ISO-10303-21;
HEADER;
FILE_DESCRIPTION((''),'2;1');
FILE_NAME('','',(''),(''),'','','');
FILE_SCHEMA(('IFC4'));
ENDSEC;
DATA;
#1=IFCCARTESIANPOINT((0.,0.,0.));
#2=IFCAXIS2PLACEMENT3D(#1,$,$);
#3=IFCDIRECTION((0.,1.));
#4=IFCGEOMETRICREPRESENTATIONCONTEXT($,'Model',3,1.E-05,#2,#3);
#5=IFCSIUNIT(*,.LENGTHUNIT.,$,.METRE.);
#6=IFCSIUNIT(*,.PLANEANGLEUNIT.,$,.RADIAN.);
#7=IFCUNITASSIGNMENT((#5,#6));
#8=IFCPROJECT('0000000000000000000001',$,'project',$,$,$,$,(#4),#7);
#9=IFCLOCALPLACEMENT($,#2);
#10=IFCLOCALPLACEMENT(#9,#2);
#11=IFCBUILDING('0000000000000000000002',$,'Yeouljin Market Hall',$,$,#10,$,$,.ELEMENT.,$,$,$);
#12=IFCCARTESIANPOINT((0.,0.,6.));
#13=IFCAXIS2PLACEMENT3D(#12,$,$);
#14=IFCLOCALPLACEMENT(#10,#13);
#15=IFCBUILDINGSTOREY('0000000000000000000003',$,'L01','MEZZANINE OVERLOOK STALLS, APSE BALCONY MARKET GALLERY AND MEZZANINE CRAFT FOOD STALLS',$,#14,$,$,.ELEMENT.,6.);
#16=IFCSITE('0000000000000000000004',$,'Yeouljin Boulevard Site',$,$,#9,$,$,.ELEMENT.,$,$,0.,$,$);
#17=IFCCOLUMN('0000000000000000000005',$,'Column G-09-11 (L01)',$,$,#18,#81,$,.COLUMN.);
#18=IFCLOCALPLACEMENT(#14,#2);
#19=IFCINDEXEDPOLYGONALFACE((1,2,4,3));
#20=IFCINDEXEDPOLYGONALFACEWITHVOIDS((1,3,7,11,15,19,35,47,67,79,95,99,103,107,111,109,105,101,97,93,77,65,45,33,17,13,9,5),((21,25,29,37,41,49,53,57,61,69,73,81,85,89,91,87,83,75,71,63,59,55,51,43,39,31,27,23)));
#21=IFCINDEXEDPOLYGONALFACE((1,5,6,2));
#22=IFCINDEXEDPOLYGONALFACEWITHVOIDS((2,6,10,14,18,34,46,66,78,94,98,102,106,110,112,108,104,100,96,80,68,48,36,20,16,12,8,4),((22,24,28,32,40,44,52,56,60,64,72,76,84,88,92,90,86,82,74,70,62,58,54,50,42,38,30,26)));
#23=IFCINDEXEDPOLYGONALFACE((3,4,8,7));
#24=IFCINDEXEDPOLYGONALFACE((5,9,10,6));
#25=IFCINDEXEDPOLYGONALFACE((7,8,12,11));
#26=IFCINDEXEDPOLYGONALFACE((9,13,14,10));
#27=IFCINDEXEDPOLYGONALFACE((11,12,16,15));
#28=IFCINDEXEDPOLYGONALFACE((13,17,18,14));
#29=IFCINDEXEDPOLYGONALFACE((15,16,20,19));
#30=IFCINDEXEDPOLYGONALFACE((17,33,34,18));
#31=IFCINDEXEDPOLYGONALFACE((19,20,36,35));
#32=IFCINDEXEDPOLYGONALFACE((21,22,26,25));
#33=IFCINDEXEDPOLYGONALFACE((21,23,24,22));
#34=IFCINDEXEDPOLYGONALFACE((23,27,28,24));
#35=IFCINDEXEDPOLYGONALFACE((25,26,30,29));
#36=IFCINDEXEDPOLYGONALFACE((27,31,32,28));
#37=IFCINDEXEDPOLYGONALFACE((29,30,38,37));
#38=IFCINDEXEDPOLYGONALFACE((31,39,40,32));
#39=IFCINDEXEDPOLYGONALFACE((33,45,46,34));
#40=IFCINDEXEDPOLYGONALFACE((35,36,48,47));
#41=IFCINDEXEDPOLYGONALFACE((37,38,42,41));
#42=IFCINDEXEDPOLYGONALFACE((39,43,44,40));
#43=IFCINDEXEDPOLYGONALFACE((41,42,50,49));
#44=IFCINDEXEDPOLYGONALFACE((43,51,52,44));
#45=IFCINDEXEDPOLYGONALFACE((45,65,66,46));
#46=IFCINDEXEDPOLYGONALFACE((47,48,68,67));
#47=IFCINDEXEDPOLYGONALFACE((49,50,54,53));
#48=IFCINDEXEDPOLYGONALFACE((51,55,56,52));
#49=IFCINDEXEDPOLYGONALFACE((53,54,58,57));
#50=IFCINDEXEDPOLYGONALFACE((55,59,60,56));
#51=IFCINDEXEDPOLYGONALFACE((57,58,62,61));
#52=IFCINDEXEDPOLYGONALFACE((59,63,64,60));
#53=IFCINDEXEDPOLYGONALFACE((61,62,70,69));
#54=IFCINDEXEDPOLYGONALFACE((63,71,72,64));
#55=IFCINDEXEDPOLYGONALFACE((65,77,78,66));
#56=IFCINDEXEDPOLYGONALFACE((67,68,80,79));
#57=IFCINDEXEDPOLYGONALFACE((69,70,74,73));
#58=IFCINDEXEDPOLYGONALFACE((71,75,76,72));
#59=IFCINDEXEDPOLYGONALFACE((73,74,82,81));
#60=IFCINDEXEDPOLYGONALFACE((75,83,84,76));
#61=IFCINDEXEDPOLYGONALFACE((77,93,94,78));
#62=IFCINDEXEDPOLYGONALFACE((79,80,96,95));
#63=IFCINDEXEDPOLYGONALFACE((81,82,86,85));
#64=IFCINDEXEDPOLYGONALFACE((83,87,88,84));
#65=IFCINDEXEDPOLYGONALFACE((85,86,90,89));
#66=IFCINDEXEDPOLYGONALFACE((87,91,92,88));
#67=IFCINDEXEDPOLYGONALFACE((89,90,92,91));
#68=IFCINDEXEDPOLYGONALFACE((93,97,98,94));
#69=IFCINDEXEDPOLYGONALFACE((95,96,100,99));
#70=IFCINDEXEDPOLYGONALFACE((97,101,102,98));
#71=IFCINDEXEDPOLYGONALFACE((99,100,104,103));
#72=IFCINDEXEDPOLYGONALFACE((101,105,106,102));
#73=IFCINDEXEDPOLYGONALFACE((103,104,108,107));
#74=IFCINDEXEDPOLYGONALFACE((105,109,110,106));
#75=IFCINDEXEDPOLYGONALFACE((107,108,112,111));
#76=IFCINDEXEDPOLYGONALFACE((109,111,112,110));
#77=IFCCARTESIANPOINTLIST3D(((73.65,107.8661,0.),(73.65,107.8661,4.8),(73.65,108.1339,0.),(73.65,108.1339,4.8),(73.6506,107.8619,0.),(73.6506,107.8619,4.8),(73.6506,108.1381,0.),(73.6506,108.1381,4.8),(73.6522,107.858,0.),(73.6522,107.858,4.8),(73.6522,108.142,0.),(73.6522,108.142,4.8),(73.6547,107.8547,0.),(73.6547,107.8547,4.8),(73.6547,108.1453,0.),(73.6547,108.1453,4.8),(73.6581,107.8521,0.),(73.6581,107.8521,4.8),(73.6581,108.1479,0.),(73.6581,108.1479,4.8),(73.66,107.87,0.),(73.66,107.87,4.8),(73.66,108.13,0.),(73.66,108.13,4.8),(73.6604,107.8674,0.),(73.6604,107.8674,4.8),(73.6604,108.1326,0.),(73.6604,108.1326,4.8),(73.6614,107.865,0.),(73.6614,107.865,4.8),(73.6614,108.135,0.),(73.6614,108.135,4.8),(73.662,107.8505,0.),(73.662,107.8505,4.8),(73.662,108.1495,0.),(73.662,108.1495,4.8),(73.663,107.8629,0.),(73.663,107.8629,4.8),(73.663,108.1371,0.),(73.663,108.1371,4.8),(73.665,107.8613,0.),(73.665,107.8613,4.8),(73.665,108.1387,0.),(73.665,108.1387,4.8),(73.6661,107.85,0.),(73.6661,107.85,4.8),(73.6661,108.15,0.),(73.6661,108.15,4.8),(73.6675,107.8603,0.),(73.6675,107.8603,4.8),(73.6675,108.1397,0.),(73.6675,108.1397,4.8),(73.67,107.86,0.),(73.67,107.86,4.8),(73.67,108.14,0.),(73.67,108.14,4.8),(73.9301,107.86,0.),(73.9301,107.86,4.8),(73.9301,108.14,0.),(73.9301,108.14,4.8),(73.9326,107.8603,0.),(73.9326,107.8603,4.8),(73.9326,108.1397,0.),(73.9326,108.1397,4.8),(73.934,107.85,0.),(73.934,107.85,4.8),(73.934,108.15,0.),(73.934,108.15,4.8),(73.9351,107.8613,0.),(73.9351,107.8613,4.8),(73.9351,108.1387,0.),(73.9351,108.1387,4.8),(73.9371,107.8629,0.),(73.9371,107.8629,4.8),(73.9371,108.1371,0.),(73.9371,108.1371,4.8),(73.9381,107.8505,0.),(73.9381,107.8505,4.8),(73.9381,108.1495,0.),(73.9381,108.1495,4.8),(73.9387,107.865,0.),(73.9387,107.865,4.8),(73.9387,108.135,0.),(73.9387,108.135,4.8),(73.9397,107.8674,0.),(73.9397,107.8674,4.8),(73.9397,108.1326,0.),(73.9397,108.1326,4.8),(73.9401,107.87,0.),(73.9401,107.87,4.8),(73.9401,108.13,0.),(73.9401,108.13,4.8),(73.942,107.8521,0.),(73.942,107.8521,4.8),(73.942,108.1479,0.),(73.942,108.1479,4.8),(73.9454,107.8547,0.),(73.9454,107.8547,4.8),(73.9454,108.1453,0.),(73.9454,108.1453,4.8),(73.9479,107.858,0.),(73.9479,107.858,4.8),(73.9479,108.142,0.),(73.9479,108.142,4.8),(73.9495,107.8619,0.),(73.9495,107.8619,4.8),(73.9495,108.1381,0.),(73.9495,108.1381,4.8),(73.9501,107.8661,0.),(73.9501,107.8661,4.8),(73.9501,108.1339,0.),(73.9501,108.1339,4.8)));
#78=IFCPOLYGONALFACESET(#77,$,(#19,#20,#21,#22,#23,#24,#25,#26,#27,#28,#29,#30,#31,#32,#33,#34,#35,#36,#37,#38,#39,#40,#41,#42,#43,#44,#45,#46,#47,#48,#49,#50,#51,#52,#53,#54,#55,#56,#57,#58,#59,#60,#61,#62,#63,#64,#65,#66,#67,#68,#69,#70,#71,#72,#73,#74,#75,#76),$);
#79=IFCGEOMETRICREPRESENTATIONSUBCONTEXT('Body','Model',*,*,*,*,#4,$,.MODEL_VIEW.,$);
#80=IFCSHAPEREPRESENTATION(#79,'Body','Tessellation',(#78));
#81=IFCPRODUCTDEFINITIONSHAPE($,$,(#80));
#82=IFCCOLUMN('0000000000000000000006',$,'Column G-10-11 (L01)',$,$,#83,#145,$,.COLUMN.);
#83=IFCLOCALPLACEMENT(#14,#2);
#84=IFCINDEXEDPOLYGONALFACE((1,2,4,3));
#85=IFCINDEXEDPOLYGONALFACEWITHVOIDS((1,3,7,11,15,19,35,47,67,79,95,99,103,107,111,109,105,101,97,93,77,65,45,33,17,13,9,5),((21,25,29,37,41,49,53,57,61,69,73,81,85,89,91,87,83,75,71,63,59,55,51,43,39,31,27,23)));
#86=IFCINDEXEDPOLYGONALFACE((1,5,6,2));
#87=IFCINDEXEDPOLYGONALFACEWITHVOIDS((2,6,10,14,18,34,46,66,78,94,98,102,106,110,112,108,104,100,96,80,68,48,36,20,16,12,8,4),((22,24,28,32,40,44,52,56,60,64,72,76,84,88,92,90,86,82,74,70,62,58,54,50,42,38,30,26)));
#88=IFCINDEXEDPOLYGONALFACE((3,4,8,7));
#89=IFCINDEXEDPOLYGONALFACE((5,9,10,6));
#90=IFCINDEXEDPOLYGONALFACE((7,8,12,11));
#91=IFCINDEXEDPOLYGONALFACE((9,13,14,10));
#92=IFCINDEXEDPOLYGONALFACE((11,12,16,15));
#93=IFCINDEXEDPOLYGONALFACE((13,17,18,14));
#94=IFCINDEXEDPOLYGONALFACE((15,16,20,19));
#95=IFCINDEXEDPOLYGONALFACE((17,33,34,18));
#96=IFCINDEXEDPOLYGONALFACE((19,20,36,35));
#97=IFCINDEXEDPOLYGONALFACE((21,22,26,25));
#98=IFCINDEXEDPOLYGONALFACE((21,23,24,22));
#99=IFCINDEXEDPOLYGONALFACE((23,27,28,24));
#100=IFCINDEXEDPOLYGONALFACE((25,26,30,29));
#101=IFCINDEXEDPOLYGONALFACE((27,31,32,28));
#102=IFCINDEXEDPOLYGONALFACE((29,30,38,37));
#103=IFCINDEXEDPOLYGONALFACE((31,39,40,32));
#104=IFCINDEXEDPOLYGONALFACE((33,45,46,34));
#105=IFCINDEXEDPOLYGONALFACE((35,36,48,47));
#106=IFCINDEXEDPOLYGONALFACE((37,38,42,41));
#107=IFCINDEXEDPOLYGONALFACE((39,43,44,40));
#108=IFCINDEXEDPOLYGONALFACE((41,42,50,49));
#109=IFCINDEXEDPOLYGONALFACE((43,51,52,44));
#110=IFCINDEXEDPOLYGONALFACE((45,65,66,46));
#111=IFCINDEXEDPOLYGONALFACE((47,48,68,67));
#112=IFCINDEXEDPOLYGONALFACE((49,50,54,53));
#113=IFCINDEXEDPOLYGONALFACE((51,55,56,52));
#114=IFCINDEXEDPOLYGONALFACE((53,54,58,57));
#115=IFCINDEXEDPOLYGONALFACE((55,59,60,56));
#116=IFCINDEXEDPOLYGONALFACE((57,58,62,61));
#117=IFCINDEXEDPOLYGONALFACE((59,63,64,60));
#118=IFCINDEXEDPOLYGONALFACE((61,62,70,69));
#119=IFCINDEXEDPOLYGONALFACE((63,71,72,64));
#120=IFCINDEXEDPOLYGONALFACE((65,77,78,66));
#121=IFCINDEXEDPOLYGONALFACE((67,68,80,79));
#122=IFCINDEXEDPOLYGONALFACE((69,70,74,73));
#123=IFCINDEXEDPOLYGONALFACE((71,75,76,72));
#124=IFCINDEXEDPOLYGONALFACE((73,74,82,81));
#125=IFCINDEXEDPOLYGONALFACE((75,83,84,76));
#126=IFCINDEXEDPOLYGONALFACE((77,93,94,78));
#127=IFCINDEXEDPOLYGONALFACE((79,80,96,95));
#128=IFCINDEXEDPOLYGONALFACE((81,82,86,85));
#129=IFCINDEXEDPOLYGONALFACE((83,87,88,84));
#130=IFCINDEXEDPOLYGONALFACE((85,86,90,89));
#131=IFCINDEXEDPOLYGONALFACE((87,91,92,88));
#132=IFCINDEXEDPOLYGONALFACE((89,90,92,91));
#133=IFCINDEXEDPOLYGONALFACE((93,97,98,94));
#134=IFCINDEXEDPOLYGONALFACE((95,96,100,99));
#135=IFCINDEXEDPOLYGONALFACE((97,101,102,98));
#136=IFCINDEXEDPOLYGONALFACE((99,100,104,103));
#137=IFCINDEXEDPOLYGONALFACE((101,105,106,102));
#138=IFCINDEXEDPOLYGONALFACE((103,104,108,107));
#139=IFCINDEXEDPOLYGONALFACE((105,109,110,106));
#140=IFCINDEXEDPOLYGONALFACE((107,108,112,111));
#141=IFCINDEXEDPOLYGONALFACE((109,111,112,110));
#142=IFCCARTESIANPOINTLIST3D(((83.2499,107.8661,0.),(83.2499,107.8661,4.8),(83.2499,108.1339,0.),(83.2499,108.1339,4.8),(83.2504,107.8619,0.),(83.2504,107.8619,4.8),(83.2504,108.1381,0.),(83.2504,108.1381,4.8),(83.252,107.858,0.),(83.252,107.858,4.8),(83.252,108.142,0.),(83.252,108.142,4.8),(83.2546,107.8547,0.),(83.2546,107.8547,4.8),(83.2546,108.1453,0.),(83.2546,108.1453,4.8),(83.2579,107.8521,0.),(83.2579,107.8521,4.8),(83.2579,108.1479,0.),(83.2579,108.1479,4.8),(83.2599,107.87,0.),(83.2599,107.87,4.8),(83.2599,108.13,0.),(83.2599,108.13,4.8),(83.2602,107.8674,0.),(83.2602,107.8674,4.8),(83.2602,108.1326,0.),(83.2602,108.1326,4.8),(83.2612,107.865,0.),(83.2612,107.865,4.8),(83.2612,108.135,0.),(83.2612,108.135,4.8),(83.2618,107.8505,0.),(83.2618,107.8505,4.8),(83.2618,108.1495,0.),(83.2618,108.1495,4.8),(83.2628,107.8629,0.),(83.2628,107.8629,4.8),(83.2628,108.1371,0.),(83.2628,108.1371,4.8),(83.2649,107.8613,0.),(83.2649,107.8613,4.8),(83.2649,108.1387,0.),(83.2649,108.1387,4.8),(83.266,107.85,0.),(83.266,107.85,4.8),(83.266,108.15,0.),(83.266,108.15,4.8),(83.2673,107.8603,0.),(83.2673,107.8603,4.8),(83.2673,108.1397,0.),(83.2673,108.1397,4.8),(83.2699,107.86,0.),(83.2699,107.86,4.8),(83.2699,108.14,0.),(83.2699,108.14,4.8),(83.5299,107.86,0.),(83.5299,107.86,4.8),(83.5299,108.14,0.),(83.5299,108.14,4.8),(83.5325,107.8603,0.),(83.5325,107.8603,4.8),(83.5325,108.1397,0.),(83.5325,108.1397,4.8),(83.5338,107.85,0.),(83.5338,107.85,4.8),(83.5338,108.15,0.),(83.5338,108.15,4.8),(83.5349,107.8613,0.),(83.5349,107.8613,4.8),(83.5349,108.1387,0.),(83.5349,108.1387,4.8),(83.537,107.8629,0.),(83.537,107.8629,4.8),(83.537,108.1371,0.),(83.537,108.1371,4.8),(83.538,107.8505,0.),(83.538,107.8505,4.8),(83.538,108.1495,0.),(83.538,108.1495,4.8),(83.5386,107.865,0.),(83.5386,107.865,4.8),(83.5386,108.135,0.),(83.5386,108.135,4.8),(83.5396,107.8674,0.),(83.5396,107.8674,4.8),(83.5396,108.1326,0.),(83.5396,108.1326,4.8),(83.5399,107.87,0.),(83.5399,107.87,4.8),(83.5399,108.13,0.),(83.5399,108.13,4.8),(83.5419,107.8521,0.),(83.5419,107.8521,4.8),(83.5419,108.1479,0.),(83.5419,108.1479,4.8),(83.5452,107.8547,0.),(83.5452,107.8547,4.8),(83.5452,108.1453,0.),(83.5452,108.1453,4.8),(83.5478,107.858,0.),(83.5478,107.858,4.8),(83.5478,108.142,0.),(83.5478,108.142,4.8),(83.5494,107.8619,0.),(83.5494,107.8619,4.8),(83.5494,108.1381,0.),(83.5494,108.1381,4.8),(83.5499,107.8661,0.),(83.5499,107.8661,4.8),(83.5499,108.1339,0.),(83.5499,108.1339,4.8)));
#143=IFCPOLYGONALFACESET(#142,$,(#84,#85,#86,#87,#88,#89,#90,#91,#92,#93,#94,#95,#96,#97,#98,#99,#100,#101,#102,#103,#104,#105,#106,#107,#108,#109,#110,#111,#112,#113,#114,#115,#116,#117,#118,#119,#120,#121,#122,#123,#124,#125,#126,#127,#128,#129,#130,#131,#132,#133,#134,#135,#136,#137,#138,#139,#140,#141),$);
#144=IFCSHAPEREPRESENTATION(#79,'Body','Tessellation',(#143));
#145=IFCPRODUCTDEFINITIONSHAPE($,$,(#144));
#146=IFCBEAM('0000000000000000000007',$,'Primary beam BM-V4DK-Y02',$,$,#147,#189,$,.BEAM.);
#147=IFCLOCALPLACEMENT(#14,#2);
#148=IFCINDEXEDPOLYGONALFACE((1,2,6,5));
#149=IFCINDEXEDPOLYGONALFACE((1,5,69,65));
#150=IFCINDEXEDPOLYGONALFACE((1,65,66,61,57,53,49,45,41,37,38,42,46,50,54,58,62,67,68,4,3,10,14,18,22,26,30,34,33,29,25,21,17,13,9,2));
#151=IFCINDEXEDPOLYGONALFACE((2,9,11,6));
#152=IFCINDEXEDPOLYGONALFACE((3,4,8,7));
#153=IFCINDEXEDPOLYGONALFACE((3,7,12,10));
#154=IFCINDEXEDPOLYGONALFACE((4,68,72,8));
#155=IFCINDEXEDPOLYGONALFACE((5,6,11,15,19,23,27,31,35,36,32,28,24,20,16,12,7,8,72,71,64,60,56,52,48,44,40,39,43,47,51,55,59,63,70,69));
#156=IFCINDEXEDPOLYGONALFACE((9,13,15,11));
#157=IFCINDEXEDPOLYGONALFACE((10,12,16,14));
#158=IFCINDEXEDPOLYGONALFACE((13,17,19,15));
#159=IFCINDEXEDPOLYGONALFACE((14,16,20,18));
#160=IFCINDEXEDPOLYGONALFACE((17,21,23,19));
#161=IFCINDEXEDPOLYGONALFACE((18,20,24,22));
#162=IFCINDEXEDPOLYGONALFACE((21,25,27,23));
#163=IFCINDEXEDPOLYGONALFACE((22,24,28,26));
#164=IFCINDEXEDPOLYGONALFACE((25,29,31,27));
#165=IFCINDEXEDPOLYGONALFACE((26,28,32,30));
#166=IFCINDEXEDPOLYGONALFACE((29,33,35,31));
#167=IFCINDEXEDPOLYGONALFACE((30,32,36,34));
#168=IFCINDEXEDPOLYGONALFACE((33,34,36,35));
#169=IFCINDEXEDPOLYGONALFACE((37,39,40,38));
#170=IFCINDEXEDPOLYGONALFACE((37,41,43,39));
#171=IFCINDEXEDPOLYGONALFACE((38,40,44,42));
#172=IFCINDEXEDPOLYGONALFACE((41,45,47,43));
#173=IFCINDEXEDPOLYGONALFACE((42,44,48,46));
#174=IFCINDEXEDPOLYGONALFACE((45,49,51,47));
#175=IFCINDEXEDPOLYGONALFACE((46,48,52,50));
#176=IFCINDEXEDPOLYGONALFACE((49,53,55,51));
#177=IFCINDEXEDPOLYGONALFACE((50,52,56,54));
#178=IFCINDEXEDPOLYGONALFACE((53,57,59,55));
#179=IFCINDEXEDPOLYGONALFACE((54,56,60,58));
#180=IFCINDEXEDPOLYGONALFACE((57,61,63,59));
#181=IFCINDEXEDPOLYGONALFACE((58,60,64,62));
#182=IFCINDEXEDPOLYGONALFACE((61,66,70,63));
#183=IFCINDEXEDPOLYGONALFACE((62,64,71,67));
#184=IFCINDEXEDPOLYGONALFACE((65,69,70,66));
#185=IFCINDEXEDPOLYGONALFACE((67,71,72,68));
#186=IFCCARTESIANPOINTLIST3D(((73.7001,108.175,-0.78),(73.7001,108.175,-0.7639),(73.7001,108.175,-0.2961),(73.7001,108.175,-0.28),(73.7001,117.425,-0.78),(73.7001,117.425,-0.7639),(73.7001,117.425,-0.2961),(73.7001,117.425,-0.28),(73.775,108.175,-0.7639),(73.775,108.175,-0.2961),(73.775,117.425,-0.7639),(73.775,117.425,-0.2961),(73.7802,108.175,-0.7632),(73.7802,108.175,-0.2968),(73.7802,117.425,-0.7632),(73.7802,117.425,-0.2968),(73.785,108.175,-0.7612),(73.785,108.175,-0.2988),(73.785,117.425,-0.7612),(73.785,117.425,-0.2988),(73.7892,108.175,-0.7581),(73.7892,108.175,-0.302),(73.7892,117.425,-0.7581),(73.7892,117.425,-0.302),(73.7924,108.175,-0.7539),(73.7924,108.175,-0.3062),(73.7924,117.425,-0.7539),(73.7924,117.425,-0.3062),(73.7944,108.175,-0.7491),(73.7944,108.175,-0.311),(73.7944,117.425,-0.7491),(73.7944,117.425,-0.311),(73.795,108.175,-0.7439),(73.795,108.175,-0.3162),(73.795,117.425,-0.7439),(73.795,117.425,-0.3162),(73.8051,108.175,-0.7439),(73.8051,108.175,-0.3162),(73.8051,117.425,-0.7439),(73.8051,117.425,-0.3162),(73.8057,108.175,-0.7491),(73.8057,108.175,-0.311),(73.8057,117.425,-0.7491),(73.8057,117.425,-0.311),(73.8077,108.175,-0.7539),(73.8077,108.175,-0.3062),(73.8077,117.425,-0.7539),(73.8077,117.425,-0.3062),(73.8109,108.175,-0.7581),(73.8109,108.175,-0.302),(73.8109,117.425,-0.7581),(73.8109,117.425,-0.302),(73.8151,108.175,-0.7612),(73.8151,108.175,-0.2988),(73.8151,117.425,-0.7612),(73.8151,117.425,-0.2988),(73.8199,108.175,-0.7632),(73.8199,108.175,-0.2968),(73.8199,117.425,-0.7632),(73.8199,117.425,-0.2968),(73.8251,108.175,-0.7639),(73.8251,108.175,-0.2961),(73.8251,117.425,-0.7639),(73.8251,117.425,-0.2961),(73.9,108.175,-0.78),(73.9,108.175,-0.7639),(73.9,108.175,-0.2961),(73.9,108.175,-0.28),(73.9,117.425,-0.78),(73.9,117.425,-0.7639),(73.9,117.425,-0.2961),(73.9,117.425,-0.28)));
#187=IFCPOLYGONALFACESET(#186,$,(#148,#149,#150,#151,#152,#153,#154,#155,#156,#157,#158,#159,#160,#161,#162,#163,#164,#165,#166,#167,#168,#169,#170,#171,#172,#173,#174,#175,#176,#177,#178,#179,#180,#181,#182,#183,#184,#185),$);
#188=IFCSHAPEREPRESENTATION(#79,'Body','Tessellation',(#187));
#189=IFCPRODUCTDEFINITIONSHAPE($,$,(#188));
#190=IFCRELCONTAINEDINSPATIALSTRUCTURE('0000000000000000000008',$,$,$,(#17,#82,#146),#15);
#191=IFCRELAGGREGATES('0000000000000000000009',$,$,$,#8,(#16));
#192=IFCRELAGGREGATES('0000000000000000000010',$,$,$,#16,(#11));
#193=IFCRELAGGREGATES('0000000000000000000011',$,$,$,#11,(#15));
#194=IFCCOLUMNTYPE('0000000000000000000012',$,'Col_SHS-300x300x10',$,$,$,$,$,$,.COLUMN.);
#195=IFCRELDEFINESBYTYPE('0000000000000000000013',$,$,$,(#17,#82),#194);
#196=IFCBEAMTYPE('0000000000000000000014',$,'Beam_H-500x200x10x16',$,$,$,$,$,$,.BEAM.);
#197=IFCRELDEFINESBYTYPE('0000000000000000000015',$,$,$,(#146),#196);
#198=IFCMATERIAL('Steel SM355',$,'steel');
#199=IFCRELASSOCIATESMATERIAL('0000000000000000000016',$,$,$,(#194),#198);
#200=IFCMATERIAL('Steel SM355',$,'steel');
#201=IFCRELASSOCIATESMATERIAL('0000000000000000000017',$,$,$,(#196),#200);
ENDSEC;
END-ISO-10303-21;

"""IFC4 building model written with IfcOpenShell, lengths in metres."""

from ifc_helpers import new_model, si_unit, direction, frame, origin, origin_2d, place, context, subcontext, project, spatial, hollow_rectangle, i_section, extrude, material, material_profile, profile_set, type_object, element, save


model = new_model("IFC4")

# Units and contexts
model_context = context("Model", 3, precision=1e-05, world=origin(), true_north=direction((0.0, 1.0)))
body_context = subcontext(model_context, "Body", "Model", "MODEL_VIEW")
ifc_project = project(units=[si_unit("LENGTHUNIT", "METRE"), si_unit("PLANEANGLEUNIT", "RADIAN")], contexts=[model_context])

# Site, building, storey
site_placement = place(None, origin())
site = spatial("IfcSite", under=ifc_project, at=site_placement, Name="Yeouljin Boulevard Site", CompositionType="ELEMENT", RefElevation=0.0)
building_placement = place(site_placement, origin())
building = spatial("IfcBuilding", under=site, at=building_placement, Name="Yeouljin Market Hall", CompositionType="ELEMENT")
storey_placement = place(building_placement, frame((0.0, 0.0, 6.0)))
storey = spatial("IfcBuildingStorey", under=building, at=storey_placement, Name="L01", Description="MEZZANINE OVERLOOK STALLS, APSE BALCONY MARKET GALLERY AND MEZZANINE CRAFT FOOD STALLS", CompositionType="ELEMENT", Elevation=6.0)

# Columns
ifc_material_1 = material(Name="Steel SM355", Category="steel")
ifc_material_profile_1 = material_profile(ifc_material_1, hollow_rectangle(XDim=0.3, YDim=0.3, WallThickness=0.01, InnerFilletRadius=0.01, OuterFilletRadius=0.0161, at=origin_2d()), Name="SHS-300x300x10")
ifc_profile_set_1 = profile_set([ifc_material_profile_1], Name="Steel SM355")
column_type = type_object("IfcColumnType", Name="Col_SHS-300x300x10", PredefinedType="COLUMN", material=ifc_profile_set_1)
for number, where, z_axis, x_axis, name in (
    (1, (73.8, 108.0, 0.0), (0.0, 0.0, 1.0), (1.0, 0.0, 0.0), "Column G-09-11 (L01)"),
    (2, (83.3999, 108.0, 0.0), (0.0, 0.0, 1.0), (1.0, 0.0, 0.0), "Column G-10-11 (L01)"),
):
    element("IfcColumn", number, at=place(storey_placement, frame(where, z_axis=z_axis, x_axis=x_axis)), inside=storey, type_object=column_type, Name=name, PredefinedType="COLUMN", context=body_context, shape_type="SweptSolid", body=[
        extrude(hollow_rectangle(XDim=0.3, YDim=0.3, WallThickness=0.01, InnerFilletRadius=0.01, OuterFilletRadius=0.0161, at=origin_2d()), origin(), (0.0, 0.0, 1.0), 4.8),
    ])

# Beam
ifc_material_2 = material(Name="Steel SM355", Category="steel")
ifc_material_profile_2 = material_profile(ifc_material_2, i_section(OverallWidth=0.2, OverallDepth=0.5, WebThickness=0.01, FlangeThickness=0.0161, FilletRadius=0.02, at=origin_2d()), Name="H-500x200x10x16")
ifc_profile_set_2 = profile_set([ifc_material_profile_2], Name="Steel SM355")
beam_type_1 = type_object("IfcBeamType", Name="Beam_H-500x200x10x16", PredefinedType="BEAM", material=ifc_profile_set_2)
for number, where, z_axis, x_axis, name in (
    (3, (73.8, 108.175, -0.53), (0.0, 1.0, 0.0), (-1.0, 0.0, 0.0), "Primary beam BM-V4DK-Y02"),
):
    element("IfcBeam", number, at=place(storey_placement, frame(where, z_axis=z_axis, x_axis=x_axis)), inside=storey, type_object=beam_type_1, Name=name, PredefinedType="BEAM", context=body_context, shape_type="SweptSolid", body=[
        extrude(i_section(OverallWidth=0.2, OverallDepth=0.5, WebThickness=0.01, FlangeThickness=0.0161, FilletRadius=0.02, at=origin_2d()), origin(), (0.0, 0.0, 1.0), 9.25),
    ])

save(model, "model.ifc")
